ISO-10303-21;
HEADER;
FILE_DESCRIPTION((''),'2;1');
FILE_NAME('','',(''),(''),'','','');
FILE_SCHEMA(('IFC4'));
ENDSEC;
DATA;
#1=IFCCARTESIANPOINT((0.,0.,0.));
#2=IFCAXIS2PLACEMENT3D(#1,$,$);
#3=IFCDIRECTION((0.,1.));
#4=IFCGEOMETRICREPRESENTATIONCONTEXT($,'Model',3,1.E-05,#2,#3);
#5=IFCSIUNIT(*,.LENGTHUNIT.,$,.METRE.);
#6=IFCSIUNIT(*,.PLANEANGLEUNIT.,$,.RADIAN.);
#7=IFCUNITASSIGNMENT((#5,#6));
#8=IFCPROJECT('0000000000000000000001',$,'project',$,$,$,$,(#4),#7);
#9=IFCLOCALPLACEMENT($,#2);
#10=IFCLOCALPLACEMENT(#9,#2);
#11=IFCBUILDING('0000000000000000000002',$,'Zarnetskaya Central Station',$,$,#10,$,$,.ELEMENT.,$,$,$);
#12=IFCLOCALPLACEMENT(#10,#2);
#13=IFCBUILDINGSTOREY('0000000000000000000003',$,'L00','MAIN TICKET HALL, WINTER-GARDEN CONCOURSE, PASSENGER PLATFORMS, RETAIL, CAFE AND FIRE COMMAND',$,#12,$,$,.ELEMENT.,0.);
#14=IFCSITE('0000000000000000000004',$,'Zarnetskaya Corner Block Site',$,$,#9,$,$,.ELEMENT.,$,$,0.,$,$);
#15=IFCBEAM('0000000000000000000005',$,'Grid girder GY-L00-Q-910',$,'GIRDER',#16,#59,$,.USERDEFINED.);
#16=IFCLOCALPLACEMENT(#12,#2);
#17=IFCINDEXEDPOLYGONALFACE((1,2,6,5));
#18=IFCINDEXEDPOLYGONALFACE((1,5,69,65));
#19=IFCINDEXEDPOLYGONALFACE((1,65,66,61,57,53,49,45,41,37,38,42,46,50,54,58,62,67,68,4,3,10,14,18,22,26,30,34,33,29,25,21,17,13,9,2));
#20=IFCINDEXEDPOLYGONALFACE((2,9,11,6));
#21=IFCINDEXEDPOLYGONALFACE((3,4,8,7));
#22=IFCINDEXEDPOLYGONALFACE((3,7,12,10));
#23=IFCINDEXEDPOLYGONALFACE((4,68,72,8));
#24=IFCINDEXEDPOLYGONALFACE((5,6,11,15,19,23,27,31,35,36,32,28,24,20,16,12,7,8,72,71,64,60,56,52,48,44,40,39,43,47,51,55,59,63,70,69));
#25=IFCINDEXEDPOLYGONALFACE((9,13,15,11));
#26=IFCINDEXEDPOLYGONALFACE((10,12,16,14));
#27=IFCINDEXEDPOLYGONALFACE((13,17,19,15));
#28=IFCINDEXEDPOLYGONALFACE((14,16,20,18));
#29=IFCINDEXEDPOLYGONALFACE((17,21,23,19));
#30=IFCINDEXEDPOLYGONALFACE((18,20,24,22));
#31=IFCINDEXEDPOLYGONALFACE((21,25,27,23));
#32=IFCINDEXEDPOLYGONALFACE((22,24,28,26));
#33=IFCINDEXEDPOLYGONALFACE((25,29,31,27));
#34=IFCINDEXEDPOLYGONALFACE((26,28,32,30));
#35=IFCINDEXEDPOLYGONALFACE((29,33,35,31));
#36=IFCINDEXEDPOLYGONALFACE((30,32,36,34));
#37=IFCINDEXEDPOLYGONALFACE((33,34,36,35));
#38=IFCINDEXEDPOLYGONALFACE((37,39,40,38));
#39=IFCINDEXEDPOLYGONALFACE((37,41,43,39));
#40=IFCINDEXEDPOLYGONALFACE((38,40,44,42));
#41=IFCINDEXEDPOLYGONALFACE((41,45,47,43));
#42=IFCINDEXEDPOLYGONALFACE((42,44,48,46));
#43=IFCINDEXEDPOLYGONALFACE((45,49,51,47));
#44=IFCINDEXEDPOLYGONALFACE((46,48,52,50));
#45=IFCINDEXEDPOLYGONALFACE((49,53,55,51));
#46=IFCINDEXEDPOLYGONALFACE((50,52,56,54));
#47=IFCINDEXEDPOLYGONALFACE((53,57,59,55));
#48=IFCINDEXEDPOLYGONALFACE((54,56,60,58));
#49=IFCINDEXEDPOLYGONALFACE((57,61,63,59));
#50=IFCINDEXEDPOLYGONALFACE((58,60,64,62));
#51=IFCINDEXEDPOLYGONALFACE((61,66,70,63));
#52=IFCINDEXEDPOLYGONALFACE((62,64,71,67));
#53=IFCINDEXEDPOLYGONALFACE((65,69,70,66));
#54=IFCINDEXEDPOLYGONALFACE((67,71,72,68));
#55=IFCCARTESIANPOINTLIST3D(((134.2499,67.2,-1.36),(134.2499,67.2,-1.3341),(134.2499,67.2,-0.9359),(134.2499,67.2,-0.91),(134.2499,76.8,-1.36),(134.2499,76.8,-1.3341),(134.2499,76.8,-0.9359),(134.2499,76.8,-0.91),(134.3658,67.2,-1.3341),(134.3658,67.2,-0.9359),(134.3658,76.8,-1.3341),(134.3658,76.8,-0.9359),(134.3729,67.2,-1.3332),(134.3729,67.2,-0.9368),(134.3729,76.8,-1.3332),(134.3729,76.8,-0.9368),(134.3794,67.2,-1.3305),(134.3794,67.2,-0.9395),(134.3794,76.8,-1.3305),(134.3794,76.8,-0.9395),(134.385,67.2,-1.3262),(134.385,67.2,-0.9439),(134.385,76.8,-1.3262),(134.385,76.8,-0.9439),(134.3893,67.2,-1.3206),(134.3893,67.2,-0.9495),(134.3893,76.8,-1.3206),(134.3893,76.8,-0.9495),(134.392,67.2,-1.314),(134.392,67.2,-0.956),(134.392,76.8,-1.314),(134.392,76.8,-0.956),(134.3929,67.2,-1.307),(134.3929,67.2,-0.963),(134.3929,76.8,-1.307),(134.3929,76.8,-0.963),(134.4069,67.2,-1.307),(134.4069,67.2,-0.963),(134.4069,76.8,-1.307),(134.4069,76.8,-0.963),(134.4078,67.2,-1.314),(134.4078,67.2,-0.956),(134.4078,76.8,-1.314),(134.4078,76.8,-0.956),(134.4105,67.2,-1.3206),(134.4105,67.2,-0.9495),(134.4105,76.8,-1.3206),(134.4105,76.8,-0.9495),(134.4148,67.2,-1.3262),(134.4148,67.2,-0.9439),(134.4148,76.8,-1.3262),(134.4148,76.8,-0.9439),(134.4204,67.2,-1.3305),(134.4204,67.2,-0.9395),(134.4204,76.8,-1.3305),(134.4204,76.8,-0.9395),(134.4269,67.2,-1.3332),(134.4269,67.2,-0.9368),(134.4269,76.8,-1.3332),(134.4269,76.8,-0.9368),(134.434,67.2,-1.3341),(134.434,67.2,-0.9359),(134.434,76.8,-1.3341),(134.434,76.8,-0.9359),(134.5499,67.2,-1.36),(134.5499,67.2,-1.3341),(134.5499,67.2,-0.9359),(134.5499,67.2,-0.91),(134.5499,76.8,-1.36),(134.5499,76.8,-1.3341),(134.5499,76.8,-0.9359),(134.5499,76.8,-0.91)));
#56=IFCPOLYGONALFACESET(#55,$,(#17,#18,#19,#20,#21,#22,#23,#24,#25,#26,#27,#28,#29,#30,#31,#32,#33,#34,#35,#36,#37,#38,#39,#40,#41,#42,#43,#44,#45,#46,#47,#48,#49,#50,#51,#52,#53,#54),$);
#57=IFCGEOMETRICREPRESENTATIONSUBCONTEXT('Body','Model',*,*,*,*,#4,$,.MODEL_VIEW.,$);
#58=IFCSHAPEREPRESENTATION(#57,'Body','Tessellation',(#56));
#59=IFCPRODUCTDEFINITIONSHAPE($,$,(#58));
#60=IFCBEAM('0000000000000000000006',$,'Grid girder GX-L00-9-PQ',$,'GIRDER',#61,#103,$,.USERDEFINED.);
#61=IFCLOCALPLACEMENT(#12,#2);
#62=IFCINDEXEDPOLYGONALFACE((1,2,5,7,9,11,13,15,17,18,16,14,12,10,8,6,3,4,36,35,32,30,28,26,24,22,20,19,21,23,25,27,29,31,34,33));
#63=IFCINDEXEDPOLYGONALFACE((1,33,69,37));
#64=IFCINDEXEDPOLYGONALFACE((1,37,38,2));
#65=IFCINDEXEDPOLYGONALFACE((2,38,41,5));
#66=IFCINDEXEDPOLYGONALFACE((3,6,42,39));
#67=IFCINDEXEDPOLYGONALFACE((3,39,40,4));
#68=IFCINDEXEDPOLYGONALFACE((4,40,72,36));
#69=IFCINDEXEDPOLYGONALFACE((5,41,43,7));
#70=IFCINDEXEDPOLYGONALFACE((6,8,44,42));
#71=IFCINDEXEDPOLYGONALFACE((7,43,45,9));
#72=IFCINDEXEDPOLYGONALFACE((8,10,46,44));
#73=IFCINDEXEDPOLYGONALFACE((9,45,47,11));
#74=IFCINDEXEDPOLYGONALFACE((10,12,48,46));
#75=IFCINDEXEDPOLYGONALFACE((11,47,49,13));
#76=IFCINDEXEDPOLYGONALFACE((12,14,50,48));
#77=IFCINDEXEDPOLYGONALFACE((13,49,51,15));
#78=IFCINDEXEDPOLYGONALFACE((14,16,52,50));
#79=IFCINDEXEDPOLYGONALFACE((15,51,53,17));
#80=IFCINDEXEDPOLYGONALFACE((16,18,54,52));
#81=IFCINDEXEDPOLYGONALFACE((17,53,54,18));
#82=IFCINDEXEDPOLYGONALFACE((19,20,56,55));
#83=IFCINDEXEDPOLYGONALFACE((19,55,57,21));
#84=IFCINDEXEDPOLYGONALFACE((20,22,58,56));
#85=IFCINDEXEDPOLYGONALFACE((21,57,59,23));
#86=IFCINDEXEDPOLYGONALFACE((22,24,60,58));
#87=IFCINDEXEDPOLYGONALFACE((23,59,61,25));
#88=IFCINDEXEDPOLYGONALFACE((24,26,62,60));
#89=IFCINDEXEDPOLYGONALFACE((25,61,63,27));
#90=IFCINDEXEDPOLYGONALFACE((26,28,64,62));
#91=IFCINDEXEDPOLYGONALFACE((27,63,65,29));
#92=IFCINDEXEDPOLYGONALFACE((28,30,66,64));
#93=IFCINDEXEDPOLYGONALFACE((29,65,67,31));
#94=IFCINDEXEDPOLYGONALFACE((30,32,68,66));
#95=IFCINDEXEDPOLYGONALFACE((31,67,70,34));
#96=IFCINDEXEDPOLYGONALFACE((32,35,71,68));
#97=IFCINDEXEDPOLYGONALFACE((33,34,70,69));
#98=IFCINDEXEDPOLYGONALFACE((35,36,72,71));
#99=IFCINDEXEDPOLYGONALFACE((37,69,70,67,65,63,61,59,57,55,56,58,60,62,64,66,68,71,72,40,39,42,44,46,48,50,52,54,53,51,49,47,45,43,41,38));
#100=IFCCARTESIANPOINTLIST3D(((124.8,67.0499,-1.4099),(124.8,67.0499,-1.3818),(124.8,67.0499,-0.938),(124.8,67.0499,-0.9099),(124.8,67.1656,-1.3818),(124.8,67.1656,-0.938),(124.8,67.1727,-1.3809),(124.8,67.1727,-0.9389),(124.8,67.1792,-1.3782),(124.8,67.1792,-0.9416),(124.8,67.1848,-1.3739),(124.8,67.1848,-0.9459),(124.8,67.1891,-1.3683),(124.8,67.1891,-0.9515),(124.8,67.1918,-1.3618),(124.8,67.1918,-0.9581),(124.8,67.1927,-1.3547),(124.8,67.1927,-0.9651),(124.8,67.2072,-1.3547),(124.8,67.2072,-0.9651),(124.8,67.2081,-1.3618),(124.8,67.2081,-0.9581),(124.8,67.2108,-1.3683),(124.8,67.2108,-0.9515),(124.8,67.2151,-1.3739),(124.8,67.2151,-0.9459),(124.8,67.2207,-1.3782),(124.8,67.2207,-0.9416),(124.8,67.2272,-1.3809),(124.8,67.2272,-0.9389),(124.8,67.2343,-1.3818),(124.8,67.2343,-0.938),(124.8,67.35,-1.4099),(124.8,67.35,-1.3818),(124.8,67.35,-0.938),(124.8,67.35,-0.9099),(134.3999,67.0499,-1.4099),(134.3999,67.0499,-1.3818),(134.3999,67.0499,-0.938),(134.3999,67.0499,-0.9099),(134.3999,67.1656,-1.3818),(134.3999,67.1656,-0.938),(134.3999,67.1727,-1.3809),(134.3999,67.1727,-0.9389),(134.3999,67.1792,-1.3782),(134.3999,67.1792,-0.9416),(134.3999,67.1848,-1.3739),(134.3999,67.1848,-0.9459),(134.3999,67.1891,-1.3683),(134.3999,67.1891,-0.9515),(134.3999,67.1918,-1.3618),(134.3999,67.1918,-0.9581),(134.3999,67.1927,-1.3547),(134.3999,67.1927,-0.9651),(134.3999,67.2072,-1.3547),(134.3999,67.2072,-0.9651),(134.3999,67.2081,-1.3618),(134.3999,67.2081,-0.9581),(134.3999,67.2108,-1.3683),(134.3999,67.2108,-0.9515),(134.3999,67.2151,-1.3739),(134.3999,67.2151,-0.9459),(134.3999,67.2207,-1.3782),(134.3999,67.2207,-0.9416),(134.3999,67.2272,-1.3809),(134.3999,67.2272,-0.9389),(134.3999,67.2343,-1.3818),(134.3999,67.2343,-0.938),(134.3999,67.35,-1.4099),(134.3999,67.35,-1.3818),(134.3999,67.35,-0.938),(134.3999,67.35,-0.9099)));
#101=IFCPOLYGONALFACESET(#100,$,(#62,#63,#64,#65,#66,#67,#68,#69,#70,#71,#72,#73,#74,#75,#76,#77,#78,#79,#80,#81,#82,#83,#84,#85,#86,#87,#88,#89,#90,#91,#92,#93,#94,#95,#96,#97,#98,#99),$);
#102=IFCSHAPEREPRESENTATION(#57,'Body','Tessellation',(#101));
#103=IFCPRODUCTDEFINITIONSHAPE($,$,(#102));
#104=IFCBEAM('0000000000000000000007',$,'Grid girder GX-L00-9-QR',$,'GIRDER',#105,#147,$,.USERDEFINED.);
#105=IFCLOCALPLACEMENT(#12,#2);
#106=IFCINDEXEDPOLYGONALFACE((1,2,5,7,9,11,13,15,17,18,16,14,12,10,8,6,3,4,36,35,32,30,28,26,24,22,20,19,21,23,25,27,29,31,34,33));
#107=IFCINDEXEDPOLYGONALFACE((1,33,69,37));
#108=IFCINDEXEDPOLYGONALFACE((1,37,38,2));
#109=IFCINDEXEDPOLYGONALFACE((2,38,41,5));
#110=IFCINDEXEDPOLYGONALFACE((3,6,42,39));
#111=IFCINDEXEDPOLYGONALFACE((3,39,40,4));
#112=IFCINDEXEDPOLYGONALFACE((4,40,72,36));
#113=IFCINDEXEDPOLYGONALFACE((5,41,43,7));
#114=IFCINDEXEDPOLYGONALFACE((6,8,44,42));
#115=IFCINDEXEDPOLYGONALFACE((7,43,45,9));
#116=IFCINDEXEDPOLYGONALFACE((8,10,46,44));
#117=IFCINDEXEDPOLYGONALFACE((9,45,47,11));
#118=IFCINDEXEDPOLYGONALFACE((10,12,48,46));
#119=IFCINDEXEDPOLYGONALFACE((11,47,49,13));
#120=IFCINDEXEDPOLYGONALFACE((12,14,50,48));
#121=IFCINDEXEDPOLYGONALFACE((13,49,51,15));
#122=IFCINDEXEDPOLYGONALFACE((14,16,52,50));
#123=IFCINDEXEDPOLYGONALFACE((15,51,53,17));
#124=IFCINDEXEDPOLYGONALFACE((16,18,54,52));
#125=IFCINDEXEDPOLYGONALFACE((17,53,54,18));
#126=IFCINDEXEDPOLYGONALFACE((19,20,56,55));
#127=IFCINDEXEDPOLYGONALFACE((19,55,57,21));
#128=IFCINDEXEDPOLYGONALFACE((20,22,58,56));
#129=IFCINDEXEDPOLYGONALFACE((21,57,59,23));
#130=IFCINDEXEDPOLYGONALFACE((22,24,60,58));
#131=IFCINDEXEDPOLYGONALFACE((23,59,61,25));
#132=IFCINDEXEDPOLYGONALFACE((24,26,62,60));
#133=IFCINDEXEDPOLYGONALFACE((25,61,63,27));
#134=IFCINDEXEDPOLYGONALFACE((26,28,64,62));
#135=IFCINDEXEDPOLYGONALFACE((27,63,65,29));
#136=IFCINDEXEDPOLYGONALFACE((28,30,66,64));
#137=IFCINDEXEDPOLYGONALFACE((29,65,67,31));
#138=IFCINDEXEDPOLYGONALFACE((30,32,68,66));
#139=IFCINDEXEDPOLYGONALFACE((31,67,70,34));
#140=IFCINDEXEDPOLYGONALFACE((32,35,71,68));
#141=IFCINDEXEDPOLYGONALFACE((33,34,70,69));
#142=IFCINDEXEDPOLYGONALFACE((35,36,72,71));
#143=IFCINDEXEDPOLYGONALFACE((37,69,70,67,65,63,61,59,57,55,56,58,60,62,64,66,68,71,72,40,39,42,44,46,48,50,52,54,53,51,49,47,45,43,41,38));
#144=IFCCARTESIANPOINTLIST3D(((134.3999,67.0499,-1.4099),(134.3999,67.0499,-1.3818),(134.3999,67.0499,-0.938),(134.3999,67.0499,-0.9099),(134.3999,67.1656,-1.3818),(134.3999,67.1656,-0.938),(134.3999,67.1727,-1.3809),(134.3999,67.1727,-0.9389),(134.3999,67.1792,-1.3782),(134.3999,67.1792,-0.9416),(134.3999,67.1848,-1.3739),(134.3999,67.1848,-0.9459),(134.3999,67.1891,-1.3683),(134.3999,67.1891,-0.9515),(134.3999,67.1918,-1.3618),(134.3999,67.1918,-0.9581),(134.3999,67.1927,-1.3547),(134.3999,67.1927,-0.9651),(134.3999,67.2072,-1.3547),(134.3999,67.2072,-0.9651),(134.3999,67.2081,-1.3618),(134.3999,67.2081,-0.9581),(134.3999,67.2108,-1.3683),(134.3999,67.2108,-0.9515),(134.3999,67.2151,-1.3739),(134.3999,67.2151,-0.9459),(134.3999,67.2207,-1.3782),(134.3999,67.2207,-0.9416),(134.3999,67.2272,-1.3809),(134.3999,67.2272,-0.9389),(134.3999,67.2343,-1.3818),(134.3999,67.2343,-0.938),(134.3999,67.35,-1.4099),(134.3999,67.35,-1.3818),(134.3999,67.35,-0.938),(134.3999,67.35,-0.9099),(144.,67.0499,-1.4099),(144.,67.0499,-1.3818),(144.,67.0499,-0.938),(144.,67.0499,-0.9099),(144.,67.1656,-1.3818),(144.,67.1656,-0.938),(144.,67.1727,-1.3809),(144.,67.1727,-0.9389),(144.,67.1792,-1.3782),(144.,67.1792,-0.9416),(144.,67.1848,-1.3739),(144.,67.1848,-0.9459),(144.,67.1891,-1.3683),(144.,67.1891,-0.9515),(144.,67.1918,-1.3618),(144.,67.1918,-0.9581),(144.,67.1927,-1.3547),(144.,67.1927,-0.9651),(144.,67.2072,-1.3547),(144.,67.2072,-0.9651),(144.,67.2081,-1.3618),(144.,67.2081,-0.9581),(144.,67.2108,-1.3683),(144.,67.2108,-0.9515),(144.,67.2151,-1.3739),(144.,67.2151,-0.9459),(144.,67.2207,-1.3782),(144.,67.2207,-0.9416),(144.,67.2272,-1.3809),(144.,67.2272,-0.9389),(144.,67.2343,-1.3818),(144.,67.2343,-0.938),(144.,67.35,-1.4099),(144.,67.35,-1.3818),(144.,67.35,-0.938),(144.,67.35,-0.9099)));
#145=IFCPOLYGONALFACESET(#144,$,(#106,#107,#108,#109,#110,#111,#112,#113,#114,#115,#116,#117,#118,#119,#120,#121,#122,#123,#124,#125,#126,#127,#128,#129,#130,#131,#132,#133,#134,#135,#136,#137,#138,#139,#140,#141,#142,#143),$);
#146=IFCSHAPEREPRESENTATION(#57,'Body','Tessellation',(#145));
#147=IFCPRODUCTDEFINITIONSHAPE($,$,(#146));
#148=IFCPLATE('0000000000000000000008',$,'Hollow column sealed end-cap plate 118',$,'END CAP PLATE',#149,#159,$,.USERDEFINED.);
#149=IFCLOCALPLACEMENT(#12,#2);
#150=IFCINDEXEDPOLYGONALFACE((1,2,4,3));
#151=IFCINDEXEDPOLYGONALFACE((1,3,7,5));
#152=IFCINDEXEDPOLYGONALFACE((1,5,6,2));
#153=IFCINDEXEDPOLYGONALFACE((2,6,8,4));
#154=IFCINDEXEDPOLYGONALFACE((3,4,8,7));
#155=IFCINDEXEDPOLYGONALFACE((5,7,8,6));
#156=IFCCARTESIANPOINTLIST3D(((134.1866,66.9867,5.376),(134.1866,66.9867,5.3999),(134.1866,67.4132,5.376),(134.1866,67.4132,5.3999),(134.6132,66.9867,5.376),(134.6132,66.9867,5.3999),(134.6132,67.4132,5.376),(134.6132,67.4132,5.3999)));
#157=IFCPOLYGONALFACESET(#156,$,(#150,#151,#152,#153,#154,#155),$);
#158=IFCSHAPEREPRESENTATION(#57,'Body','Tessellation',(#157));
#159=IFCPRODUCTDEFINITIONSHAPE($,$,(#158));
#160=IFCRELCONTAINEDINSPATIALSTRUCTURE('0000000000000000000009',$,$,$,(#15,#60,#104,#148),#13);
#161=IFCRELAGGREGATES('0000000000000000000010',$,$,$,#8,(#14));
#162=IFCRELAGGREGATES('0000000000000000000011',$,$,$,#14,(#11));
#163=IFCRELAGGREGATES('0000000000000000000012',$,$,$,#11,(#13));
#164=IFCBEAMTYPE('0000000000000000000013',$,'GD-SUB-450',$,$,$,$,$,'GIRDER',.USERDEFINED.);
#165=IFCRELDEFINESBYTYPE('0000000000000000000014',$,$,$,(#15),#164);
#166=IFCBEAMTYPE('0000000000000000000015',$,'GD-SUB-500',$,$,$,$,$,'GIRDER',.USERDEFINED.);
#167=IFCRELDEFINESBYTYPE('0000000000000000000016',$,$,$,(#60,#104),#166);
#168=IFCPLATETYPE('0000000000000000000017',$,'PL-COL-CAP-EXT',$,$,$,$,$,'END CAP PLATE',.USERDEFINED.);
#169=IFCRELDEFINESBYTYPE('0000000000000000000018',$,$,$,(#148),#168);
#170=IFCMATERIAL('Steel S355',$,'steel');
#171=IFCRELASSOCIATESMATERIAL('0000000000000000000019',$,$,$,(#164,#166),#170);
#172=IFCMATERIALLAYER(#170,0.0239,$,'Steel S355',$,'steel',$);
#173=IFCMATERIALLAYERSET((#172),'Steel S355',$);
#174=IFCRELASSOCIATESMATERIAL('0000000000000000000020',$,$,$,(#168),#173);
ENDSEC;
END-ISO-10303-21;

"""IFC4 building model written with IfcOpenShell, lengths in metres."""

from ifc_helpers import new_model, si_unit, direction, frame, origin, origin_2d, place, context, subcontext, project, spatial, rectangle, i_section, extrude, material, layer, layer_set, material_profile, profile_set, type_object, element, save


model = new_model("IFC4")

# Units and contexts
model_context = context("Model", 3, precision=1e-05, world=origin(), true_north=direction((0.0, 1.0)))
body_context = subcontext(model_context, "Body", "Model", "MODEL_VIEW")
ifc_project = project(units=[si_unit("LENGTHUNIT", "METRE"), si_unit("PLANEANGLEUNIT", "RADIAN")], contexts=[model_context])

# Site, building, storey
site_placement = place(None, origin())
site = spatial("IfcSite", under=ifc_project, at=site_placement, Name="Zarnetskaya Corner Block Site", CompositionType="ELEMENT", RefElevation=0.0)
building_placement = place(site_placement, origin())
building = spatial("IfcBuilding", under=site, at=building_placement, Name="Zarnetskaya Central Station", CompositionType="ELEMENT")
storey_placement = place(building_placement, origin())
storey = spatial("IfcBuildingStorey", under=building, at=storey_placement, Name="L00", Description="MAIN TICKET HALL, WINTER-GARDEN CONCOURSE, PASSENGER PLATFORMS, RETAIL, CAFE AND FIRE COMMAND", CompositionType="ELEMENT", Elevation=0.0)

# Shared definitions
ifc_material_1 = material(Name="Steel S355", Category="steel")

# Beams
ifc_material_profile_1 = material_profile(ifc_material_1, i_section(OverallWidth=0.3, OverallDepth=0.45, WebThickness=0.0139, FlangeThickness=0.0259, FilletRadius=0.0271, at=origin_2d()), Name="HEB 450")
ifc_profile_set_1 = profile_set([ifc_material_profile_1], Name="Steel S355")
beam_type_1 = type_object("IfcBeamType", Name="GD-SUB-450", ElementType="GIRDER", PredefinedType="USERDEFINED", material=ifc_profile_set_1)
for number, where, z_axis, x_axis, name in (
    (1, (134.3999, 67.2, -1.135), (0.0, 1.0, 0.0), (-1.0, 0.0, 0.0), "Grid girder GY-L00-Q-910"),
):
    element("IfcBeam", number, at=place(storey_placement, frame(where, z_axis=z_axis, x_axis=x_axis)), inside=storey, type_object=beam_type_1, Name=name, ObjectType="GIRDER", PredefinedType="USERDEFINED", context=body_context, shape_type="SweptSolid", body=[
        extrude(i_section(OverallWidth=0.3, OverallDepth=0.45, WebThickness=0.0139, FlangeThickness=0.0259, FilletRadius=0.0271, at=origin_2d()), origin(), (0.0, 0.0, 1.0), 9.6001),
    ])
ifc_material_profile_2 = material_profile(ifc_material_1, i_section(OverallWidth=0.3, OverallDepth=0.5, WebThickness=0.0144, FlangeThickness=0.0281, FilletRadius=0.0271, at=origin_2d()), Name="HEB 500")
ifc_profile_set_2 = profile_set([ifc_material_profile_2], Name="Steel S355")
beam_type_2 = type_object("IfcBeamType", Name="GD-SUB-500", ElementType="GIRDER", PredefinedType="USERDEFINED", material=ifc_profile_set_2)
beam_1_placement = place(storey_placement, frame((124.8, 67.2, -1.1599), z_axis=(1.0, 0.0, 0.0), x_axis=(0.0, 1.0, 0.0)))
element("IfcBeam", 2, at=beam_1_placement, inside=storey, type_object=beam_type_2, Name="Grid girder GX-L00-9-PQ", ObjectType="GIRDER", PredefinedType="USERDEFINED", context=body_context, shape_type="SweptSolid", body=[
    extrude(i_section(OverallWidth=0.3, OverallDepth=0.5, WebThickness=0.0144, FlangeThickness=0.0281, FilletRadius=0.0271, at=origin_2d()), origin(), (0.0, 0.0, 1.0), 9.5999),
])
beam_2_placement = place(storey_placement, frame((134.3999, 67.2, -1.1599), z_axis=(1.0, 0.0, 0.0), x_axis=(0.0, 1.0, 0.0)))
element("IfcBeam", 3, at=beam_2_placement, inside=storey, type_object=beam_type_2, Name="Grid girder GX-L00-9-QR", ObjectType="GIRDER", PredefinedType="USERDEFINED", context=body_context, shape_type="SweptSolid", body=[
    extrude(i_section(OverallWidth=0.3, OverallDepth=0.5, WebThickness=0.0144, FlangeThickness=0.0281, FilletRadius=0.0271, at=origin_2d()), origin(), (0.0, 0.0, 1.0), 9.6001),
])

# Plate
ifc_layer_1 = layer(ifc_material_1, 0.0239, Name="Steel S355", Category="steel")
ifc_layer_set_1 = layer_set([ifc_layer_1], Name="Steel S355")
plate_type = type_object("IfcPlateType", Name="PL-COL-CAP-EXT", ElementType="END CAP PLATE", PredefinedType="USERDEFINED", material=ifc_layer_set_1)
plate_placement = place(storey_placement, frame((134.3999, 67.2, 5.376), z_axis=(0.0, 0.0, 1.0), x_axis=(1.0, 0.0, 0.0)))
element("IfcPlate", 4, at=plate_placement, inside=storey, type_object=plate_type, Name="Hollow column sealed end-cap plate 118", ObjectType="END CAP PLATE", PredefinedType="USERDEFINED", context=body_context, shape_type="SweptSolid", body=[
    extrude(rectangle(XDim=0.4265, YDim=0.4265, at=origin_2d()), origin(), (0.0, 0.0, 1.0), 0.0239),
])

save(model, "model.ifc")
